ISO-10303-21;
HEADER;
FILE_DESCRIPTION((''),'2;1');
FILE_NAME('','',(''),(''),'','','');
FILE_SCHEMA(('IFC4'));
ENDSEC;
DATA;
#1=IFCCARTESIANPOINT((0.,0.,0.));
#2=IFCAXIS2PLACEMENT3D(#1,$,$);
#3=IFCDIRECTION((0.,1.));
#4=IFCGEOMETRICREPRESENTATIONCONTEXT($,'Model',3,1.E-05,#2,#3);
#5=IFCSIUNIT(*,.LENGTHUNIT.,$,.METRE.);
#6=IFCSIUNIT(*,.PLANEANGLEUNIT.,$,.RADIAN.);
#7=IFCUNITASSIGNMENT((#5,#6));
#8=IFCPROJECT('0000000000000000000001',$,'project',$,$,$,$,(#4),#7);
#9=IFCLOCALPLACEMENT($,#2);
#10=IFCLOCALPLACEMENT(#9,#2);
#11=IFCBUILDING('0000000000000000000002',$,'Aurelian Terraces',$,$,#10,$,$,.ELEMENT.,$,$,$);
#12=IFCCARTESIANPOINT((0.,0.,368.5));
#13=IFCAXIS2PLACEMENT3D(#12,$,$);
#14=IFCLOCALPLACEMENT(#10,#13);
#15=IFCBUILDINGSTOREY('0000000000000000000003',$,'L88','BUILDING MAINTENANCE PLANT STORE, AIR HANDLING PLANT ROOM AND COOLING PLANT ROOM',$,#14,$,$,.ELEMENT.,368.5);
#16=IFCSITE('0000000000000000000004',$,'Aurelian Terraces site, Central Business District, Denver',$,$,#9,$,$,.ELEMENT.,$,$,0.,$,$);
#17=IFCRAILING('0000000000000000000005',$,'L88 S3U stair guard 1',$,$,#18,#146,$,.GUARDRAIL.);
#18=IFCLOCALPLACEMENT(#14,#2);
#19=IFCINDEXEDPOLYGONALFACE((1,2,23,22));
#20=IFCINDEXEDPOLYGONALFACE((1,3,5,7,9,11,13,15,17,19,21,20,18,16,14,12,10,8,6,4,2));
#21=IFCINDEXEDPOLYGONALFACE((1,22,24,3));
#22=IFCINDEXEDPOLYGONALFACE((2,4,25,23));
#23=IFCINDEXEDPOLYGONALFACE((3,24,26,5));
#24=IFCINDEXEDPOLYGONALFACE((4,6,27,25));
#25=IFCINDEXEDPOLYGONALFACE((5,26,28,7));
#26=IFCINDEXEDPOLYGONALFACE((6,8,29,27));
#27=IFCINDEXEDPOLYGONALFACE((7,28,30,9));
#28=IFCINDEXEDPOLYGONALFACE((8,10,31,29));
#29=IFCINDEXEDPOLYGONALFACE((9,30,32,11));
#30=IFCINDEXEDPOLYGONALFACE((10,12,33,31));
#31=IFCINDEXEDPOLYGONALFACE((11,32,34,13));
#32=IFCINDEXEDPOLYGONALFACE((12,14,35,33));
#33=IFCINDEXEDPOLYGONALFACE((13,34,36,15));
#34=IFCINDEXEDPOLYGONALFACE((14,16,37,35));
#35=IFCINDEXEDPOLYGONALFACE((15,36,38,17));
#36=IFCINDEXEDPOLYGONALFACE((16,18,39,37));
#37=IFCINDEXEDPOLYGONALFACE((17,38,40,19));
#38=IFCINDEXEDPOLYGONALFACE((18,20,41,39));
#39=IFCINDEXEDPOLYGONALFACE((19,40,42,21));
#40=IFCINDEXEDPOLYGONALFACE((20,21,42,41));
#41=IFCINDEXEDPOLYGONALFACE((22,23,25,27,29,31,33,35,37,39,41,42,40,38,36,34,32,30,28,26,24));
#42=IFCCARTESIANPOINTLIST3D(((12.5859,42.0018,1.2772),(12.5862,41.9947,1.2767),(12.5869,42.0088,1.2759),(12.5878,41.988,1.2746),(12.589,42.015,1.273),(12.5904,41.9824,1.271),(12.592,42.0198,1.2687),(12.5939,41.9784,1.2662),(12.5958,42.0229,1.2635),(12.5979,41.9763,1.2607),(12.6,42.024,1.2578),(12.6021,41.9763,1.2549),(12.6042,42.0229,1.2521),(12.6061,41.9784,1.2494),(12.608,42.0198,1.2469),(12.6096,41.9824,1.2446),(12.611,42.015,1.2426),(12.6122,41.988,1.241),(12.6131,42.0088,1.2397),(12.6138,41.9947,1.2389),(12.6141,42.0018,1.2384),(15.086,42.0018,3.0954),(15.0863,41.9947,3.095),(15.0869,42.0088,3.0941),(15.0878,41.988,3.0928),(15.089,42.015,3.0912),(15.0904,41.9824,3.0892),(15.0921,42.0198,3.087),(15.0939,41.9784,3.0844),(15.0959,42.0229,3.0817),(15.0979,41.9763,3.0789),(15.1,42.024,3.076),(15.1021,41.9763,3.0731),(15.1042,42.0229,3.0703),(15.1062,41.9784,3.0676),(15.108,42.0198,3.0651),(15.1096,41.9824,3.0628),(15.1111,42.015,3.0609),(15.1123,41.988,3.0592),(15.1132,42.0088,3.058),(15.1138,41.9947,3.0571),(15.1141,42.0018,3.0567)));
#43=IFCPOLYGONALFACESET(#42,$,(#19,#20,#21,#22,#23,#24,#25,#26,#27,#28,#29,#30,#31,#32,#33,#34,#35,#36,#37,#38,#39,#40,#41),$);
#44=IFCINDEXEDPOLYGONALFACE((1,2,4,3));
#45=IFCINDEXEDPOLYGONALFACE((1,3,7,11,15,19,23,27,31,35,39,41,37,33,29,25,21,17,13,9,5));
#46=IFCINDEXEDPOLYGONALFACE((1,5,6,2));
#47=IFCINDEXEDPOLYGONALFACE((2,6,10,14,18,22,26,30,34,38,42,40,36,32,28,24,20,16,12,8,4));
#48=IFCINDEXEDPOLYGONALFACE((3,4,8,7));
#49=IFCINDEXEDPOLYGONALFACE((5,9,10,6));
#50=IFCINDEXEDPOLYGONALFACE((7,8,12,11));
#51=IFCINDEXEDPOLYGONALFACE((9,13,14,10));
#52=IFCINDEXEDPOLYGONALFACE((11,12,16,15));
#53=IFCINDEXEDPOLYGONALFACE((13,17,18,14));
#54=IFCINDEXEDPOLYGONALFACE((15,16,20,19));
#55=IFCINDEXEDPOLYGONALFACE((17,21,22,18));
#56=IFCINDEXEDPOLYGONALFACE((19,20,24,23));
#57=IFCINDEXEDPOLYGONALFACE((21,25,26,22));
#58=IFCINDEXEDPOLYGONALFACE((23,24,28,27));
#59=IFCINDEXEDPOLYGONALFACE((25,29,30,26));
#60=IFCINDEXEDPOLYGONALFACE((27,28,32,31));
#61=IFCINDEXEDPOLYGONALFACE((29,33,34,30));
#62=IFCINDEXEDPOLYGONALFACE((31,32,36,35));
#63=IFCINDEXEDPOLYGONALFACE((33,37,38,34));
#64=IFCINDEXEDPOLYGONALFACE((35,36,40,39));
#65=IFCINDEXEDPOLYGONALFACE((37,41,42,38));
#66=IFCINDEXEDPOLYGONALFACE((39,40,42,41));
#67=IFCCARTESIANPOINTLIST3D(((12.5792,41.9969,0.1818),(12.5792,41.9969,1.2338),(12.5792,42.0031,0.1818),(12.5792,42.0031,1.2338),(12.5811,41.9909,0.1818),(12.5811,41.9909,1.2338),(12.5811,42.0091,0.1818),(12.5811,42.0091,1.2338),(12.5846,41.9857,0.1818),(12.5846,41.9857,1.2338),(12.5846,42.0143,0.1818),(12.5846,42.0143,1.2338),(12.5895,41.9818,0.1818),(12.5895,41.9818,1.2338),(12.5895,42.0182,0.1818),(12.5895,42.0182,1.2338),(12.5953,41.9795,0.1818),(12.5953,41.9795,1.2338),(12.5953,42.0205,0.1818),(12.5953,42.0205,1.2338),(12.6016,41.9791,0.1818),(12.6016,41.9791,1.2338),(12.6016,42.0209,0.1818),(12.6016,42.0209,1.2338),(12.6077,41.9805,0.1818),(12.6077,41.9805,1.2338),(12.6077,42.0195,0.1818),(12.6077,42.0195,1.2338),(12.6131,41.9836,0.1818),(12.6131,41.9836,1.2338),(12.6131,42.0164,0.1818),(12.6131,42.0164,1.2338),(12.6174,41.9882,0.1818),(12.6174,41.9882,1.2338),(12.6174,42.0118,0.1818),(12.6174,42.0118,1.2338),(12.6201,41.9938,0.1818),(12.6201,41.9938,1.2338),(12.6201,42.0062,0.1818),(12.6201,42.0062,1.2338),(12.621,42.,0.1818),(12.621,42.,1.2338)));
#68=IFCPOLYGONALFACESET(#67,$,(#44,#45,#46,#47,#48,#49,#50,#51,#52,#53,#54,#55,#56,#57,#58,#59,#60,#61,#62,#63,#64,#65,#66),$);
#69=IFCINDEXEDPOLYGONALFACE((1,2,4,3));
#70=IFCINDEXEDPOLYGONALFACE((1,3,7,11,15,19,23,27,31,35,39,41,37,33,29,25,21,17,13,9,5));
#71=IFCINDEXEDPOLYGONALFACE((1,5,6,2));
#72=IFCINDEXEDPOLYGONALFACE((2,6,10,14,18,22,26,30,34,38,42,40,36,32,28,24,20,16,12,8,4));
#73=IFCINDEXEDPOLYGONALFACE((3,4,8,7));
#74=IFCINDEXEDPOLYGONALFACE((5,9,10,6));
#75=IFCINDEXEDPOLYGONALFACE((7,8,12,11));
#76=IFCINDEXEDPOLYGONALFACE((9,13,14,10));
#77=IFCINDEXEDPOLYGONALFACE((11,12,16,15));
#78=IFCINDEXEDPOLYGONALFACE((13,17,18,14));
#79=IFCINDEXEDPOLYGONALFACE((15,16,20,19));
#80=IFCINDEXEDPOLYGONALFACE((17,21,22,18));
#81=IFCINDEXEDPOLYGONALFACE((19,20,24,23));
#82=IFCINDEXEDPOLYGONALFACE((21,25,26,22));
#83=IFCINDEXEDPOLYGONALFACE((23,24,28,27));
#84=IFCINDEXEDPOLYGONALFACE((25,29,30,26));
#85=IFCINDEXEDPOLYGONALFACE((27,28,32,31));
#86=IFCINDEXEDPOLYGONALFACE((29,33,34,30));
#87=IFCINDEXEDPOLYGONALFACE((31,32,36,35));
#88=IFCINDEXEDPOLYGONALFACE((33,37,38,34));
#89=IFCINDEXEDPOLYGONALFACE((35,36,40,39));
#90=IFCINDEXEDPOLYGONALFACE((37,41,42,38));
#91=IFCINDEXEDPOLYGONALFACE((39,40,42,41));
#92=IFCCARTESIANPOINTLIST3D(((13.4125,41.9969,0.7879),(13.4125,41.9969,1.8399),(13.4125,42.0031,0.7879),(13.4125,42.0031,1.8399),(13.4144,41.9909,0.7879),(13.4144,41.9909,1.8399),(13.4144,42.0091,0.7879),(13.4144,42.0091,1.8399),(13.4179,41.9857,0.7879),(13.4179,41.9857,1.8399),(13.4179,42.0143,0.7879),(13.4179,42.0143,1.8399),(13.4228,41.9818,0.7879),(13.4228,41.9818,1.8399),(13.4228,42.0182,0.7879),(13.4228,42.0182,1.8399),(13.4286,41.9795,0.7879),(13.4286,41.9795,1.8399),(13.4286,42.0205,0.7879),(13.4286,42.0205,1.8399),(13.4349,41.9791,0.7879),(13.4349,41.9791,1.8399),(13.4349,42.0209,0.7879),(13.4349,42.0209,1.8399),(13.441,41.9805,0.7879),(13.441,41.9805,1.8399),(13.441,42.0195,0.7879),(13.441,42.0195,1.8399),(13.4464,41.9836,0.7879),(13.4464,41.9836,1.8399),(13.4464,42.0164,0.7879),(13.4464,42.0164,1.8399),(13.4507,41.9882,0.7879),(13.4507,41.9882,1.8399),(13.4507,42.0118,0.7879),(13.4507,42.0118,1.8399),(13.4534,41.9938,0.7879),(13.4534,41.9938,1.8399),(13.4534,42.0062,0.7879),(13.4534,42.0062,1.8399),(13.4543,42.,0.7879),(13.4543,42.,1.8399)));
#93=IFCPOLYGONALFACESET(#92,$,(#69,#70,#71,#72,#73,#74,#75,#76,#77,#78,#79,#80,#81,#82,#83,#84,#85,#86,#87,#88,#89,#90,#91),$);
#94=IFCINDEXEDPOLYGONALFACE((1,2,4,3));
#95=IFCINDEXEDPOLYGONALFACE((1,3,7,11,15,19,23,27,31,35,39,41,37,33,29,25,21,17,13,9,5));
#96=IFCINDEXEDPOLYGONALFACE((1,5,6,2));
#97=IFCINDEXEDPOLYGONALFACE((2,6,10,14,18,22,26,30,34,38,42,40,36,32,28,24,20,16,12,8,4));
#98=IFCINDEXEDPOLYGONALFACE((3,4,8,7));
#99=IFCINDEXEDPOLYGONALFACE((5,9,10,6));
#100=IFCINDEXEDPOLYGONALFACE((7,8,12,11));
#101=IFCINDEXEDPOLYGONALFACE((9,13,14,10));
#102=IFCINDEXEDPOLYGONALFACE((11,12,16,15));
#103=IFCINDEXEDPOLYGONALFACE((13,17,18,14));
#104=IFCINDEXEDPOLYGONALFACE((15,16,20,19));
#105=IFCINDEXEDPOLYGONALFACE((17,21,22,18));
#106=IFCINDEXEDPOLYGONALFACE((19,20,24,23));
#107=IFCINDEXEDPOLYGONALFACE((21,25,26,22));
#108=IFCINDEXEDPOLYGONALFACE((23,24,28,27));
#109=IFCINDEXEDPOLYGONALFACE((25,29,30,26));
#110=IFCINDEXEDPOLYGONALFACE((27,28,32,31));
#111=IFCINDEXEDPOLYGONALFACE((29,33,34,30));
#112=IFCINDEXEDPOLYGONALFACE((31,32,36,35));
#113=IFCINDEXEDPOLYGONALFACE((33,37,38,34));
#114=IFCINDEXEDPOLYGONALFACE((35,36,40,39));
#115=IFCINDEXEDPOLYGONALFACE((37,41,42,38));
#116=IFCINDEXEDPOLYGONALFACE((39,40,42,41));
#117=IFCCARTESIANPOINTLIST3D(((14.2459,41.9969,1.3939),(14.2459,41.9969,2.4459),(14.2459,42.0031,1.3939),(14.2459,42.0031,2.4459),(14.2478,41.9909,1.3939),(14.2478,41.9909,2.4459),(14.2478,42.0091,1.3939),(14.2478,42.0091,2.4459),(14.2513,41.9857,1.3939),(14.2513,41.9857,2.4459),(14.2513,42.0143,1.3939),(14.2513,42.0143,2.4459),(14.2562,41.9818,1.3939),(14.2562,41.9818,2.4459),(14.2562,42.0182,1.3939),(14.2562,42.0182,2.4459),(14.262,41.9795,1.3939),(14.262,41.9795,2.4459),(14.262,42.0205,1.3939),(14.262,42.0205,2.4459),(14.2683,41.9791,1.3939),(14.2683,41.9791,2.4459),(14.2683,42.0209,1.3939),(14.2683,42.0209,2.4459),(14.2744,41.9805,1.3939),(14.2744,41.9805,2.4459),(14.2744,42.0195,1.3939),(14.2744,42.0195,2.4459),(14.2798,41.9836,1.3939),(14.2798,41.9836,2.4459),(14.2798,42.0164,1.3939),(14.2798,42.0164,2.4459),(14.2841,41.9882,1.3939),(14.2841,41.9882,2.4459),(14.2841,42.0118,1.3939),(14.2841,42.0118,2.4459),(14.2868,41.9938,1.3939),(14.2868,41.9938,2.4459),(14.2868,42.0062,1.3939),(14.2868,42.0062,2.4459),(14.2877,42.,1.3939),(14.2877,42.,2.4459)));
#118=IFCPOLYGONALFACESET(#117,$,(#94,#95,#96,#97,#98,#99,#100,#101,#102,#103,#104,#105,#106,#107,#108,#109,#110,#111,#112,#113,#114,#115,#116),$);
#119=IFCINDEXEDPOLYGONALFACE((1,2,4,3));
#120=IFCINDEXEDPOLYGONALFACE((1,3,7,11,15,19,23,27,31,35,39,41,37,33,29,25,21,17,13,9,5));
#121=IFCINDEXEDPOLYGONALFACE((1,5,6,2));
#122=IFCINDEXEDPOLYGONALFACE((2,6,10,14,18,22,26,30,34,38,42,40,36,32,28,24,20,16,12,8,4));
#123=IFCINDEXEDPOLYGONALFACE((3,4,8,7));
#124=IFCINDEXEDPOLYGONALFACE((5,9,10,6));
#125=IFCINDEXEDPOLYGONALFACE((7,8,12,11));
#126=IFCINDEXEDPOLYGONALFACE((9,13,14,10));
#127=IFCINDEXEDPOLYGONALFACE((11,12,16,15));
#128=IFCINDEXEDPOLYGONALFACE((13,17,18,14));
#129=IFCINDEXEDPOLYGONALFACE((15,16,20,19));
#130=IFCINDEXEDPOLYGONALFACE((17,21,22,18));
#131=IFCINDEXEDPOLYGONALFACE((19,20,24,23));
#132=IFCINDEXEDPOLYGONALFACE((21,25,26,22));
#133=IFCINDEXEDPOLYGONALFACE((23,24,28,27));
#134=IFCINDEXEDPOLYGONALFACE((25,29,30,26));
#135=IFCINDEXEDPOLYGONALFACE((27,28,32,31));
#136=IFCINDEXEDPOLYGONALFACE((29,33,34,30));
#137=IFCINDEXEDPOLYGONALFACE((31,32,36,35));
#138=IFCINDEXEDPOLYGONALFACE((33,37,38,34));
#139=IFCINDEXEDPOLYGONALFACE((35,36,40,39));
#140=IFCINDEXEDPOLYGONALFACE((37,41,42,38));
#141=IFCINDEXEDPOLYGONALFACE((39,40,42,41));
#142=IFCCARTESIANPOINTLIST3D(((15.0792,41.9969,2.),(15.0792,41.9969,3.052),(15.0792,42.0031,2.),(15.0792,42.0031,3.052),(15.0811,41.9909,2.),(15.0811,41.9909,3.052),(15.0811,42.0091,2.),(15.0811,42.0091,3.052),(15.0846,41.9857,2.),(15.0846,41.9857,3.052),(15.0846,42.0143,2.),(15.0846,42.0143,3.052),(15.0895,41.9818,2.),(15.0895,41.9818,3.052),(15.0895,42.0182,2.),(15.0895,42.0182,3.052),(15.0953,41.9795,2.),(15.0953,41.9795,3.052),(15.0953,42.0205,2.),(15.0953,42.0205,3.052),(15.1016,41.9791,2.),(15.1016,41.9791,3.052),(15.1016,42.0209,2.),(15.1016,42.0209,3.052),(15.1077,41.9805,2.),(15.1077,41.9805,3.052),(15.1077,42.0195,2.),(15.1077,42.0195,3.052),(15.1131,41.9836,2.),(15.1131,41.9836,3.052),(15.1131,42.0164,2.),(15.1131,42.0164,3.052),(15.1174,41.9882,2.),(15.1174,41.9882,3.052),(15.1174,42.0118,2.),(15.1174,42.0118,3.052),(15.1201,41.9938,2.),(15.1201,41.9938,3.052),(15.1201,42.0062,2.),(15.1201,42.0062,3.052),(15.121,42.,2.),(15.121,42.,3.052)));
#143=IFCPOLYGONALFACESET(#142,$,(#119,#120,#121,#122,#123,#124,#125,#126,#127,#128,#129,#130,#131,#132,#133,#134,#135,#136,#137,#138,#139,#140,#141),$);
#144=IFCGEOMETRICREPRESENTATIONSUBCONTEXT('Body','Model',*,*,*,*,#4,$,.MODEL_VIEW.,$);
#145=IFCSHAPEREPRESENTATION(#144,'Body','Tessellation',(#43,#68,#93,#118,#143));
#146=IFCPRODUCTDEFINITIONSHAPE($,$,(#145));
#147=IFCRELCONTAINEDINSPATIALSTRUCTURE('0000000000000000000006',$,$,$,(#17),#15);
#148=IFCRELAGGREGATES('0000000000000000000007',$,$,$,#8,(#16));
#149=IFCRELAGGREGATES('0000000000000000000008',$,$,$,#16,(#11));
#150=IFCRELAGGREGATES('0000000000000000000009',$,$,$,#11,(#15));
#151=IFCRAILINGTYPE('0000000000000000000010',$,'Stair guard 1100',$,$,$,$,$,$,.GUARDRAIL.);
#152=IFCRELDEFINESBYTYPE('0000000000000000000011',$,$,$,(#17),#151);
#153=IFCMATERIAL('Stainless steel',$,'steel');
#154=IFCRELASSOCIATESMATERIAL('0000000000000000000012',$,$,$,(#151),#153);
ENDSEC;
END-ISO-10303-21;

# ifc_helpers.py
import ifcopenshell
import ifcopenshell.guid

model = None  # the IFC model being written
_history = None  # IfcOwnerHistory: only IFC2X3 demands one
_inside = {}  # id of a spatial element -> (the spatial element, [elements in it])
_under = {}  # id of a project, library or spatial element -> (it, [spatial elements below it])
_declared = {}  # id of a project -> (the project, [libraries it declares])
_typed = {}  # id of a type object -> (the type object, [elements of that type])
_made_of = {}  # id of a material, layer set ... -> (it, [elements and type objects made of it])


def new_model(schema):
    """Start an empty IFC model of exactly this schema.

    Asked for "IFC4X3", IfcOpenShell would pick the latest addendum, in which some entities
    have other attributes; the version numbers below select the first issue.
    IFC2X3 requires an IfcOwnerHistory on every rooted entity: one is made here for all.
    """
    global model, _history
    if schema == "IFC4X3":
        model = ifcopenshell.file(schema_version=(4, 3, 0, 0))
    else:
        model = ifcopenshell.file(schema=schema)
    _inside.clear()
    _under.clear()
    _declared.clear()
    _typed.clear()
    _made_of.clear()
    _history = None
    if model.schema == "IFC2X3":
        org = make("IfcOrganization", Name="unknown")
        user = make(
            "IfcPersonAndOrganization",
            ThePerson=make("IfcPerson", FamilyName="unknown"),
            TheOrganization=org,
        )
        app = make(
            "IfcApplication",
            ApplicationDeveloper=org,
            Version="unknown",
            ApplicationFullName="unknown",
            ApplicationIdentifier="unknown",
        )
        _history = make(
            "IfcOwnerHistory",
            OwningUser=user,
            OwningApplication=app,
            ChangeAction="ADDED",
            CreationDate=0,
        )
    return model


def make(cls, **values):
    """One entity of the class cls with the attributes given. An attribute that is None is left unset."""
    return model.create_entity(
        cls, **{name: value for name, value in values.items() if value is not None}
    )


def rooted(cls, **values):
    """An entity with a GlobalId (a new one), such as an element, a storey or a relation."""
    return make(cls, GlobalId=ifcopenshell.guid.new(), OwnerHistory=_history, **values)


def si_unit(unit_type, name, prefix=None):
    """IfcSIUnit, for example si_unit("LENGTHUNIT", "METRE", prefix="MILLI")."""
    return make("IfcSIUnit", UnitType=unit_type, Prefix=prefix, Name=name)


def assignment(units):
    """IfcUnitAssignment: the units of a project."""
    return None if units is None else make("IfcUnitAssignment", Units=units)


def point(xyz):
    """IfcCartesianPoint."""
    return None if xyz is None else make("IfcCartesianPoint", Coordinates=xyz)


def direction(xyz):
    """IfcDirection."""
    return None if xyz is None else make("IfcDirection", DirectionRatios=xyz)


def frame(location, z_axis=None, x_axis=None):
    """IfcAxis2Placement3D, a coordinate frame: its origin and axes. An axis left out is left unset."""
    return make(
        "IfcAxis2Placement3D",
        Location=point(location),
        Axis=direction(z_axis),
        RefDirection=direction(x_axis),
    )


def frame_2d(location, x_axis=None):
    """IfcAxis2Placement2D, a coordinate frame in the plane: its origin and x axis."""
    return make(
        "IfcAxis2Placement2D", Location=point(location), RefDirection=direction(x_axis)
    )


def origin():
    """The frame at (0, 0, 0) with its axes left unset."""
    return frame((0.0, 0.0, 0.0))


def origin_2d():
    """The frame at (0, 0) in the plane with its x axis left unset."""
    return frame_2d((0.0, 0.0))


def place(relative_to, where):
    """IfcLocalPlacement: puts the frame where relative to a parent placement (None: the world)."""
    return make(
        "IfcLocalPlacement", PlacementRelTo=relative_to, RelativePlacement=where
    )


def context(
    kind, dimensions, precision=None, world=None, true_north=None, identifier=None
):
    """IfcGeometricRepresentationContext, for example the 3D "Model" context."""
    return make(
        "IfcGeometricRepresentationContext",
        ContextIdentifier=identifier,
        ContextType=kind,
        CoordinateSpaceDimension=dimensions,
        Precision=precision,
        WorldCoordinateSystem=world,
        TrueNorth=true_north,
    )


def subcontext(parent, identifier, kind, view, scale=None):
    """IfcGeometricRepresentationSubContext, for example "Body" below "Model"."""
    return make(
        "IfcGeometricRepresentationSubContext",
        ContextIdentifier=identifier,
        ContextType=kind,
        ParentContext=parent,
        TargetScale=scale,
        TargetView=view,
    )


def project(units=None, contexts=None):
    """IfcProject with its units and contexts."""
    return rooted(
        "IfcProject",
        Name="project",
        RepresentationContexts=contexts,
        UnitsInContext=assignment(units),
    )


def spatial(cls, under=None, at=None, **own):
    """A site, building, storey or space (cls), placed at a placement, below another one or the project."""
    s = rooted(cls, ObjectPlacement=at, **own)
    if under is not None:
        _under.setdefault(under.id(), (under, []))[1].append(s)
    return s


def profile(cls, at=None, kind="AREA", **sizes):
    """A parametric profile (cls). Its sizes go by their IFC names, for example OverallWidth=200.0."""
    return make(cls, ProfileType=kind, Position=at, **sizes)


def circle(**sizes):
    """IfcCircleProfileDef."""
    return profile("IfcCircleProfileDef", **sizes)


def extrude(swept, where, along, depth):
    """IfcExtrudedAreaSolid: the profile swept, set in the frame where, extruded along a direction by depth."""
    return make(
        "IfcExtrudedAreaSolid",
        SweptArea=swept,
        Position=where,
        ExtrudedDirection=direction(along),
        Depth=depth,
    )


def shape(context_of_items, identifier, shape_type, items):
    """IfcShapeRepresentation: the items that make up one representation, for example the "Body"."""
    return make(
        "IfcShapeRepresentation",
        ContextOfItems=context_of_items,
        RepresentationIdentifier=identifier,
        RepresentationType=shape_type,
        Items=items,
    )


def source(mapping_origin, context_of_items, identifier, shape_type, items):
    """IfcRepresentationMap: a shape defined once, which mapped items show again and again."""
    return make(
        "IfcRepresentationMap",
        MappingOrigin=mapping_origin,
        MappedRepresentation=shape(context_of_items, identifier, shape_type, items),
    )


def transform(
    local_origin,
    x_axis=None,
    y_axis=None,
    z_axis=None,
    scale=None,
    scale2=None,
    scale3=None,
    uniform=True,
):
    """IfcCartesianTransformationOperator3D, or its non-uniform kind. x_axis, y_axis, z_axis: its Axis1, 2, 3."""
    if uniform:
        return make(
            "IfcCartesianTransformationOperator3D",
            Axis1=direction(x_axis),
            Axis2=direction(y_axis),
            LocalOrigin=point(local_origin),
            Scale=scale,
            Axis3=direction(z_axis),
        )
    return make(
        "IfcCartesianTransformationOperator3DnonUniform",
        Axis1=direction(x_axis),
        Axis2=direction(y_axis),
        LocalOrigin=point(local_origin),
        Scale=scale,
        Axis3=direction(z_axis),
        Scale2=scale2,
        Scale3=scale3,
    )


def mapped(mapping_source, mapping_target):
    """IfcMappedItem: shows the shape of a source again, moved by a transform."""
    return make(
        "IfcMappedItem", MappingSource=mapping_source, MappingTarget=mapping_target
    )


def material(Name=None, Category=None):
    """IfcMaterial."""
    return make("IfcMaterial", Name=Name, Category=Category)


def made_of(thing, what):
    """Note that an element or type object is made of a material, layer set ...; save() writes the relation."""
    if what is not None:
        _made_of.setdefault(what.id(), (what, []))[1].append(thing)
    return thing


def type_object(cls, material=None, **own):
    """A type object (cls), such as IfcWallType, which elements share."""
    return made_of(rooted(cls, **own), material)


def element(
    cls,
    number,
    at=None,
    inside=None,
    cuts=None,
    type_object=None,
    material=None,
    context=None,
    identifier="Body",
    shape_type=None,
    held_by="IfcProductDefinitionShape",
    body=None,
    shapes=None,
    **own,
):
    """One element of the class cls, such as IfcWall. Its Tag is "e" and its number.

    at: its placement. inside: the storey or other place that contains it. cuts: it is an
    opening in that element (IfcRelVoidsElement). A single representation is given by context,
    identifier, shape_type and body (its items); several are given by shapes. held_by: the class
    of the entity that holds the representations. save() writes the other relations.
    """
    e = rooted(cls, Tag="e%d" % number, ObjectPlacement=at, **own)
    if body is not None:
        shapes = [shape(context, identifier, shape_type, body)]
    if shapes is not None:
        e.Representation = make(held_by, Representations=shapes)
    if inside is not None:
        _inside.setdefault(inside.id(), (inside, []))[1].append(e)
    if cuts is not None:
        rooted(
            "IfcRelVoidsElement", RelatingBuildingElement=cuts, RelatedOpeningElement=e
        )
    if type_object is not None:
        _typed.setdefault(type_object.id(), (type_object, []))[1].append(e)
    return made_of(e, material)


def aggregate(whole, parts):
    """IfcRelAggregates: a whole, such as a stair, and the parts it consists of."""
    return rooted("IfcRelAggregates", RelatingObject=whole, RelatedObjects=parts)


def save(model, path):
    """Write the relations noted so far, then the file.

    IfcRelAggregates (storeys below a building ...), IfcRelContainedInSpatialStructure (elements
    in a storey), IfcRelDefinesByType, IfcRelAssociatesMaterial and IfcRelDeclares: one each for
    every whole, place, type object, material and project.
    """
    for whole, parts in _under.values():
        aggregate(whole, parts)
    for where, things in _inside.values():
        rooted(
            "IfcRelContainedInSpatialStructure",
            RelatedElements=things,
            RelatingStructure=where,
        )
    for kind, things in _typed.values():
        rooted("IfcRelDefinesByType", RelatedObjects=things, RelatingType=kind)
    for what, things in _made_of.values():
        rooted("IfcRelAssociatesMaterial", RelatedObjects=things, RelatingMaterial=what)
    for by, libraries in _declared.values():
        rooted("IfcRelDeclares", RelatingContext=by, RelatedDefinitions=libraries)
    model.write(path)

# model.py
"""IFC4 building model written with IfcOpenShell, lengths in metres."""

from ifc_helpers import new_model, si_unit, direction, frame, origin, origin_2d, place, context, subcontext, project, spatial, circle, extrude, source, transform, mapped, material, type_object, element, save


model = new_model("IFC4")

# Units and contexts
model_context = context("Model", 3, precision=1e-05, world=origin(), true_north=direction((0.0, 1.0)))
body_context = subcontext(model_context, "Body", "Model", "MODEL_VIEW")
ifc_project = project(units=[si_unit("LENGTHUNIT", "METRE"), si_unit("PLANEANGLEUNIT", "RADIAN")], contexts=[model_context])

# Site, building, storey
site_placement = place(None, origin())
site = spatial("IfcSite", under=ifc_project, at=site_placement, Name="Aurelian Terraces site, Central Business District, Denver", CompositionType="ELEMENT", RefElevation=0.0)
building_placement = place(site_placement, origin())
building = spatial("IfcBuilding", under=site, at=building_placement, Name="Aurelian Terraces", CompositionType="ELEMENT")
storey_placement = place(building_placement, frame((0.0, 0.0, 368.5)))
storey = spatial("IfcBuildingStorey", under=building, at=storey_placement, Name="L88", Description="BUILDING MAINTENANCE PLANT STORE, AIR HANDLING PLANT ROOM AND COOLING PLANT ROOM", CompositionType="ELEMENT", Elevation=368.5)

# Railing
ifc_material_1 = material(Name="Stainless steel", Category="steel")
railing_type_1 = type_object("IfcRailingType", Name="Stair guard 1100", PredefinedType="GUARDRAIL", material=ifc_material_1)
shared_shape_1 = source(origin(), body_context, "Body", "SweptSolid", [
    extrude(circle(Radius=0.024, at=origin_2d()), frame((0.0, 0.0, 1.076), z_axis=(0.808733, 0.0, 0.588176), x_axis=(0.0, 1.0, 0.0)), (0.0, 0.0, 1.0), 3.0913),
    extrude(circle(Radius=0.021, at=origin_2d()), origin(), (0.0, 0.0, 1.0), 1.052),
    extrude(circle(Radius=0.021, at=origin_2d()), frame((0.8333, 0.0, 0.6061)), (0.0, 0.0, 1.0), 1.052),
    extrude(circle(Radius=0.021, at=origin_2d()), frame((1.6667, 0.0, 1.2121)), (0.0, 0.0, 1.0), 1.052),
    extrude(circle(Radius=0.021, at=origin_2d()), frame((2.5, 0.0, 1.8182)), (0.0, 0.0, 1.0), 1.052),
])
railing_1_placement = place(storey_placement, frame((12.6, 42.0, 0.1818)))
element("IfcRailing", 1, at=railing_1_placement, inside=storey, type_object=railing_type_1, Name="L88 S3U stair guard 1", PredefinedType="GUARDRAIL", context=body_context, shape_type="MappedRepresentation", body=[
    mapped(shared_shape_1, transform((0.0, 0.0, 0.0), scale=1.0)),
])

save(model, "model.ifc")
